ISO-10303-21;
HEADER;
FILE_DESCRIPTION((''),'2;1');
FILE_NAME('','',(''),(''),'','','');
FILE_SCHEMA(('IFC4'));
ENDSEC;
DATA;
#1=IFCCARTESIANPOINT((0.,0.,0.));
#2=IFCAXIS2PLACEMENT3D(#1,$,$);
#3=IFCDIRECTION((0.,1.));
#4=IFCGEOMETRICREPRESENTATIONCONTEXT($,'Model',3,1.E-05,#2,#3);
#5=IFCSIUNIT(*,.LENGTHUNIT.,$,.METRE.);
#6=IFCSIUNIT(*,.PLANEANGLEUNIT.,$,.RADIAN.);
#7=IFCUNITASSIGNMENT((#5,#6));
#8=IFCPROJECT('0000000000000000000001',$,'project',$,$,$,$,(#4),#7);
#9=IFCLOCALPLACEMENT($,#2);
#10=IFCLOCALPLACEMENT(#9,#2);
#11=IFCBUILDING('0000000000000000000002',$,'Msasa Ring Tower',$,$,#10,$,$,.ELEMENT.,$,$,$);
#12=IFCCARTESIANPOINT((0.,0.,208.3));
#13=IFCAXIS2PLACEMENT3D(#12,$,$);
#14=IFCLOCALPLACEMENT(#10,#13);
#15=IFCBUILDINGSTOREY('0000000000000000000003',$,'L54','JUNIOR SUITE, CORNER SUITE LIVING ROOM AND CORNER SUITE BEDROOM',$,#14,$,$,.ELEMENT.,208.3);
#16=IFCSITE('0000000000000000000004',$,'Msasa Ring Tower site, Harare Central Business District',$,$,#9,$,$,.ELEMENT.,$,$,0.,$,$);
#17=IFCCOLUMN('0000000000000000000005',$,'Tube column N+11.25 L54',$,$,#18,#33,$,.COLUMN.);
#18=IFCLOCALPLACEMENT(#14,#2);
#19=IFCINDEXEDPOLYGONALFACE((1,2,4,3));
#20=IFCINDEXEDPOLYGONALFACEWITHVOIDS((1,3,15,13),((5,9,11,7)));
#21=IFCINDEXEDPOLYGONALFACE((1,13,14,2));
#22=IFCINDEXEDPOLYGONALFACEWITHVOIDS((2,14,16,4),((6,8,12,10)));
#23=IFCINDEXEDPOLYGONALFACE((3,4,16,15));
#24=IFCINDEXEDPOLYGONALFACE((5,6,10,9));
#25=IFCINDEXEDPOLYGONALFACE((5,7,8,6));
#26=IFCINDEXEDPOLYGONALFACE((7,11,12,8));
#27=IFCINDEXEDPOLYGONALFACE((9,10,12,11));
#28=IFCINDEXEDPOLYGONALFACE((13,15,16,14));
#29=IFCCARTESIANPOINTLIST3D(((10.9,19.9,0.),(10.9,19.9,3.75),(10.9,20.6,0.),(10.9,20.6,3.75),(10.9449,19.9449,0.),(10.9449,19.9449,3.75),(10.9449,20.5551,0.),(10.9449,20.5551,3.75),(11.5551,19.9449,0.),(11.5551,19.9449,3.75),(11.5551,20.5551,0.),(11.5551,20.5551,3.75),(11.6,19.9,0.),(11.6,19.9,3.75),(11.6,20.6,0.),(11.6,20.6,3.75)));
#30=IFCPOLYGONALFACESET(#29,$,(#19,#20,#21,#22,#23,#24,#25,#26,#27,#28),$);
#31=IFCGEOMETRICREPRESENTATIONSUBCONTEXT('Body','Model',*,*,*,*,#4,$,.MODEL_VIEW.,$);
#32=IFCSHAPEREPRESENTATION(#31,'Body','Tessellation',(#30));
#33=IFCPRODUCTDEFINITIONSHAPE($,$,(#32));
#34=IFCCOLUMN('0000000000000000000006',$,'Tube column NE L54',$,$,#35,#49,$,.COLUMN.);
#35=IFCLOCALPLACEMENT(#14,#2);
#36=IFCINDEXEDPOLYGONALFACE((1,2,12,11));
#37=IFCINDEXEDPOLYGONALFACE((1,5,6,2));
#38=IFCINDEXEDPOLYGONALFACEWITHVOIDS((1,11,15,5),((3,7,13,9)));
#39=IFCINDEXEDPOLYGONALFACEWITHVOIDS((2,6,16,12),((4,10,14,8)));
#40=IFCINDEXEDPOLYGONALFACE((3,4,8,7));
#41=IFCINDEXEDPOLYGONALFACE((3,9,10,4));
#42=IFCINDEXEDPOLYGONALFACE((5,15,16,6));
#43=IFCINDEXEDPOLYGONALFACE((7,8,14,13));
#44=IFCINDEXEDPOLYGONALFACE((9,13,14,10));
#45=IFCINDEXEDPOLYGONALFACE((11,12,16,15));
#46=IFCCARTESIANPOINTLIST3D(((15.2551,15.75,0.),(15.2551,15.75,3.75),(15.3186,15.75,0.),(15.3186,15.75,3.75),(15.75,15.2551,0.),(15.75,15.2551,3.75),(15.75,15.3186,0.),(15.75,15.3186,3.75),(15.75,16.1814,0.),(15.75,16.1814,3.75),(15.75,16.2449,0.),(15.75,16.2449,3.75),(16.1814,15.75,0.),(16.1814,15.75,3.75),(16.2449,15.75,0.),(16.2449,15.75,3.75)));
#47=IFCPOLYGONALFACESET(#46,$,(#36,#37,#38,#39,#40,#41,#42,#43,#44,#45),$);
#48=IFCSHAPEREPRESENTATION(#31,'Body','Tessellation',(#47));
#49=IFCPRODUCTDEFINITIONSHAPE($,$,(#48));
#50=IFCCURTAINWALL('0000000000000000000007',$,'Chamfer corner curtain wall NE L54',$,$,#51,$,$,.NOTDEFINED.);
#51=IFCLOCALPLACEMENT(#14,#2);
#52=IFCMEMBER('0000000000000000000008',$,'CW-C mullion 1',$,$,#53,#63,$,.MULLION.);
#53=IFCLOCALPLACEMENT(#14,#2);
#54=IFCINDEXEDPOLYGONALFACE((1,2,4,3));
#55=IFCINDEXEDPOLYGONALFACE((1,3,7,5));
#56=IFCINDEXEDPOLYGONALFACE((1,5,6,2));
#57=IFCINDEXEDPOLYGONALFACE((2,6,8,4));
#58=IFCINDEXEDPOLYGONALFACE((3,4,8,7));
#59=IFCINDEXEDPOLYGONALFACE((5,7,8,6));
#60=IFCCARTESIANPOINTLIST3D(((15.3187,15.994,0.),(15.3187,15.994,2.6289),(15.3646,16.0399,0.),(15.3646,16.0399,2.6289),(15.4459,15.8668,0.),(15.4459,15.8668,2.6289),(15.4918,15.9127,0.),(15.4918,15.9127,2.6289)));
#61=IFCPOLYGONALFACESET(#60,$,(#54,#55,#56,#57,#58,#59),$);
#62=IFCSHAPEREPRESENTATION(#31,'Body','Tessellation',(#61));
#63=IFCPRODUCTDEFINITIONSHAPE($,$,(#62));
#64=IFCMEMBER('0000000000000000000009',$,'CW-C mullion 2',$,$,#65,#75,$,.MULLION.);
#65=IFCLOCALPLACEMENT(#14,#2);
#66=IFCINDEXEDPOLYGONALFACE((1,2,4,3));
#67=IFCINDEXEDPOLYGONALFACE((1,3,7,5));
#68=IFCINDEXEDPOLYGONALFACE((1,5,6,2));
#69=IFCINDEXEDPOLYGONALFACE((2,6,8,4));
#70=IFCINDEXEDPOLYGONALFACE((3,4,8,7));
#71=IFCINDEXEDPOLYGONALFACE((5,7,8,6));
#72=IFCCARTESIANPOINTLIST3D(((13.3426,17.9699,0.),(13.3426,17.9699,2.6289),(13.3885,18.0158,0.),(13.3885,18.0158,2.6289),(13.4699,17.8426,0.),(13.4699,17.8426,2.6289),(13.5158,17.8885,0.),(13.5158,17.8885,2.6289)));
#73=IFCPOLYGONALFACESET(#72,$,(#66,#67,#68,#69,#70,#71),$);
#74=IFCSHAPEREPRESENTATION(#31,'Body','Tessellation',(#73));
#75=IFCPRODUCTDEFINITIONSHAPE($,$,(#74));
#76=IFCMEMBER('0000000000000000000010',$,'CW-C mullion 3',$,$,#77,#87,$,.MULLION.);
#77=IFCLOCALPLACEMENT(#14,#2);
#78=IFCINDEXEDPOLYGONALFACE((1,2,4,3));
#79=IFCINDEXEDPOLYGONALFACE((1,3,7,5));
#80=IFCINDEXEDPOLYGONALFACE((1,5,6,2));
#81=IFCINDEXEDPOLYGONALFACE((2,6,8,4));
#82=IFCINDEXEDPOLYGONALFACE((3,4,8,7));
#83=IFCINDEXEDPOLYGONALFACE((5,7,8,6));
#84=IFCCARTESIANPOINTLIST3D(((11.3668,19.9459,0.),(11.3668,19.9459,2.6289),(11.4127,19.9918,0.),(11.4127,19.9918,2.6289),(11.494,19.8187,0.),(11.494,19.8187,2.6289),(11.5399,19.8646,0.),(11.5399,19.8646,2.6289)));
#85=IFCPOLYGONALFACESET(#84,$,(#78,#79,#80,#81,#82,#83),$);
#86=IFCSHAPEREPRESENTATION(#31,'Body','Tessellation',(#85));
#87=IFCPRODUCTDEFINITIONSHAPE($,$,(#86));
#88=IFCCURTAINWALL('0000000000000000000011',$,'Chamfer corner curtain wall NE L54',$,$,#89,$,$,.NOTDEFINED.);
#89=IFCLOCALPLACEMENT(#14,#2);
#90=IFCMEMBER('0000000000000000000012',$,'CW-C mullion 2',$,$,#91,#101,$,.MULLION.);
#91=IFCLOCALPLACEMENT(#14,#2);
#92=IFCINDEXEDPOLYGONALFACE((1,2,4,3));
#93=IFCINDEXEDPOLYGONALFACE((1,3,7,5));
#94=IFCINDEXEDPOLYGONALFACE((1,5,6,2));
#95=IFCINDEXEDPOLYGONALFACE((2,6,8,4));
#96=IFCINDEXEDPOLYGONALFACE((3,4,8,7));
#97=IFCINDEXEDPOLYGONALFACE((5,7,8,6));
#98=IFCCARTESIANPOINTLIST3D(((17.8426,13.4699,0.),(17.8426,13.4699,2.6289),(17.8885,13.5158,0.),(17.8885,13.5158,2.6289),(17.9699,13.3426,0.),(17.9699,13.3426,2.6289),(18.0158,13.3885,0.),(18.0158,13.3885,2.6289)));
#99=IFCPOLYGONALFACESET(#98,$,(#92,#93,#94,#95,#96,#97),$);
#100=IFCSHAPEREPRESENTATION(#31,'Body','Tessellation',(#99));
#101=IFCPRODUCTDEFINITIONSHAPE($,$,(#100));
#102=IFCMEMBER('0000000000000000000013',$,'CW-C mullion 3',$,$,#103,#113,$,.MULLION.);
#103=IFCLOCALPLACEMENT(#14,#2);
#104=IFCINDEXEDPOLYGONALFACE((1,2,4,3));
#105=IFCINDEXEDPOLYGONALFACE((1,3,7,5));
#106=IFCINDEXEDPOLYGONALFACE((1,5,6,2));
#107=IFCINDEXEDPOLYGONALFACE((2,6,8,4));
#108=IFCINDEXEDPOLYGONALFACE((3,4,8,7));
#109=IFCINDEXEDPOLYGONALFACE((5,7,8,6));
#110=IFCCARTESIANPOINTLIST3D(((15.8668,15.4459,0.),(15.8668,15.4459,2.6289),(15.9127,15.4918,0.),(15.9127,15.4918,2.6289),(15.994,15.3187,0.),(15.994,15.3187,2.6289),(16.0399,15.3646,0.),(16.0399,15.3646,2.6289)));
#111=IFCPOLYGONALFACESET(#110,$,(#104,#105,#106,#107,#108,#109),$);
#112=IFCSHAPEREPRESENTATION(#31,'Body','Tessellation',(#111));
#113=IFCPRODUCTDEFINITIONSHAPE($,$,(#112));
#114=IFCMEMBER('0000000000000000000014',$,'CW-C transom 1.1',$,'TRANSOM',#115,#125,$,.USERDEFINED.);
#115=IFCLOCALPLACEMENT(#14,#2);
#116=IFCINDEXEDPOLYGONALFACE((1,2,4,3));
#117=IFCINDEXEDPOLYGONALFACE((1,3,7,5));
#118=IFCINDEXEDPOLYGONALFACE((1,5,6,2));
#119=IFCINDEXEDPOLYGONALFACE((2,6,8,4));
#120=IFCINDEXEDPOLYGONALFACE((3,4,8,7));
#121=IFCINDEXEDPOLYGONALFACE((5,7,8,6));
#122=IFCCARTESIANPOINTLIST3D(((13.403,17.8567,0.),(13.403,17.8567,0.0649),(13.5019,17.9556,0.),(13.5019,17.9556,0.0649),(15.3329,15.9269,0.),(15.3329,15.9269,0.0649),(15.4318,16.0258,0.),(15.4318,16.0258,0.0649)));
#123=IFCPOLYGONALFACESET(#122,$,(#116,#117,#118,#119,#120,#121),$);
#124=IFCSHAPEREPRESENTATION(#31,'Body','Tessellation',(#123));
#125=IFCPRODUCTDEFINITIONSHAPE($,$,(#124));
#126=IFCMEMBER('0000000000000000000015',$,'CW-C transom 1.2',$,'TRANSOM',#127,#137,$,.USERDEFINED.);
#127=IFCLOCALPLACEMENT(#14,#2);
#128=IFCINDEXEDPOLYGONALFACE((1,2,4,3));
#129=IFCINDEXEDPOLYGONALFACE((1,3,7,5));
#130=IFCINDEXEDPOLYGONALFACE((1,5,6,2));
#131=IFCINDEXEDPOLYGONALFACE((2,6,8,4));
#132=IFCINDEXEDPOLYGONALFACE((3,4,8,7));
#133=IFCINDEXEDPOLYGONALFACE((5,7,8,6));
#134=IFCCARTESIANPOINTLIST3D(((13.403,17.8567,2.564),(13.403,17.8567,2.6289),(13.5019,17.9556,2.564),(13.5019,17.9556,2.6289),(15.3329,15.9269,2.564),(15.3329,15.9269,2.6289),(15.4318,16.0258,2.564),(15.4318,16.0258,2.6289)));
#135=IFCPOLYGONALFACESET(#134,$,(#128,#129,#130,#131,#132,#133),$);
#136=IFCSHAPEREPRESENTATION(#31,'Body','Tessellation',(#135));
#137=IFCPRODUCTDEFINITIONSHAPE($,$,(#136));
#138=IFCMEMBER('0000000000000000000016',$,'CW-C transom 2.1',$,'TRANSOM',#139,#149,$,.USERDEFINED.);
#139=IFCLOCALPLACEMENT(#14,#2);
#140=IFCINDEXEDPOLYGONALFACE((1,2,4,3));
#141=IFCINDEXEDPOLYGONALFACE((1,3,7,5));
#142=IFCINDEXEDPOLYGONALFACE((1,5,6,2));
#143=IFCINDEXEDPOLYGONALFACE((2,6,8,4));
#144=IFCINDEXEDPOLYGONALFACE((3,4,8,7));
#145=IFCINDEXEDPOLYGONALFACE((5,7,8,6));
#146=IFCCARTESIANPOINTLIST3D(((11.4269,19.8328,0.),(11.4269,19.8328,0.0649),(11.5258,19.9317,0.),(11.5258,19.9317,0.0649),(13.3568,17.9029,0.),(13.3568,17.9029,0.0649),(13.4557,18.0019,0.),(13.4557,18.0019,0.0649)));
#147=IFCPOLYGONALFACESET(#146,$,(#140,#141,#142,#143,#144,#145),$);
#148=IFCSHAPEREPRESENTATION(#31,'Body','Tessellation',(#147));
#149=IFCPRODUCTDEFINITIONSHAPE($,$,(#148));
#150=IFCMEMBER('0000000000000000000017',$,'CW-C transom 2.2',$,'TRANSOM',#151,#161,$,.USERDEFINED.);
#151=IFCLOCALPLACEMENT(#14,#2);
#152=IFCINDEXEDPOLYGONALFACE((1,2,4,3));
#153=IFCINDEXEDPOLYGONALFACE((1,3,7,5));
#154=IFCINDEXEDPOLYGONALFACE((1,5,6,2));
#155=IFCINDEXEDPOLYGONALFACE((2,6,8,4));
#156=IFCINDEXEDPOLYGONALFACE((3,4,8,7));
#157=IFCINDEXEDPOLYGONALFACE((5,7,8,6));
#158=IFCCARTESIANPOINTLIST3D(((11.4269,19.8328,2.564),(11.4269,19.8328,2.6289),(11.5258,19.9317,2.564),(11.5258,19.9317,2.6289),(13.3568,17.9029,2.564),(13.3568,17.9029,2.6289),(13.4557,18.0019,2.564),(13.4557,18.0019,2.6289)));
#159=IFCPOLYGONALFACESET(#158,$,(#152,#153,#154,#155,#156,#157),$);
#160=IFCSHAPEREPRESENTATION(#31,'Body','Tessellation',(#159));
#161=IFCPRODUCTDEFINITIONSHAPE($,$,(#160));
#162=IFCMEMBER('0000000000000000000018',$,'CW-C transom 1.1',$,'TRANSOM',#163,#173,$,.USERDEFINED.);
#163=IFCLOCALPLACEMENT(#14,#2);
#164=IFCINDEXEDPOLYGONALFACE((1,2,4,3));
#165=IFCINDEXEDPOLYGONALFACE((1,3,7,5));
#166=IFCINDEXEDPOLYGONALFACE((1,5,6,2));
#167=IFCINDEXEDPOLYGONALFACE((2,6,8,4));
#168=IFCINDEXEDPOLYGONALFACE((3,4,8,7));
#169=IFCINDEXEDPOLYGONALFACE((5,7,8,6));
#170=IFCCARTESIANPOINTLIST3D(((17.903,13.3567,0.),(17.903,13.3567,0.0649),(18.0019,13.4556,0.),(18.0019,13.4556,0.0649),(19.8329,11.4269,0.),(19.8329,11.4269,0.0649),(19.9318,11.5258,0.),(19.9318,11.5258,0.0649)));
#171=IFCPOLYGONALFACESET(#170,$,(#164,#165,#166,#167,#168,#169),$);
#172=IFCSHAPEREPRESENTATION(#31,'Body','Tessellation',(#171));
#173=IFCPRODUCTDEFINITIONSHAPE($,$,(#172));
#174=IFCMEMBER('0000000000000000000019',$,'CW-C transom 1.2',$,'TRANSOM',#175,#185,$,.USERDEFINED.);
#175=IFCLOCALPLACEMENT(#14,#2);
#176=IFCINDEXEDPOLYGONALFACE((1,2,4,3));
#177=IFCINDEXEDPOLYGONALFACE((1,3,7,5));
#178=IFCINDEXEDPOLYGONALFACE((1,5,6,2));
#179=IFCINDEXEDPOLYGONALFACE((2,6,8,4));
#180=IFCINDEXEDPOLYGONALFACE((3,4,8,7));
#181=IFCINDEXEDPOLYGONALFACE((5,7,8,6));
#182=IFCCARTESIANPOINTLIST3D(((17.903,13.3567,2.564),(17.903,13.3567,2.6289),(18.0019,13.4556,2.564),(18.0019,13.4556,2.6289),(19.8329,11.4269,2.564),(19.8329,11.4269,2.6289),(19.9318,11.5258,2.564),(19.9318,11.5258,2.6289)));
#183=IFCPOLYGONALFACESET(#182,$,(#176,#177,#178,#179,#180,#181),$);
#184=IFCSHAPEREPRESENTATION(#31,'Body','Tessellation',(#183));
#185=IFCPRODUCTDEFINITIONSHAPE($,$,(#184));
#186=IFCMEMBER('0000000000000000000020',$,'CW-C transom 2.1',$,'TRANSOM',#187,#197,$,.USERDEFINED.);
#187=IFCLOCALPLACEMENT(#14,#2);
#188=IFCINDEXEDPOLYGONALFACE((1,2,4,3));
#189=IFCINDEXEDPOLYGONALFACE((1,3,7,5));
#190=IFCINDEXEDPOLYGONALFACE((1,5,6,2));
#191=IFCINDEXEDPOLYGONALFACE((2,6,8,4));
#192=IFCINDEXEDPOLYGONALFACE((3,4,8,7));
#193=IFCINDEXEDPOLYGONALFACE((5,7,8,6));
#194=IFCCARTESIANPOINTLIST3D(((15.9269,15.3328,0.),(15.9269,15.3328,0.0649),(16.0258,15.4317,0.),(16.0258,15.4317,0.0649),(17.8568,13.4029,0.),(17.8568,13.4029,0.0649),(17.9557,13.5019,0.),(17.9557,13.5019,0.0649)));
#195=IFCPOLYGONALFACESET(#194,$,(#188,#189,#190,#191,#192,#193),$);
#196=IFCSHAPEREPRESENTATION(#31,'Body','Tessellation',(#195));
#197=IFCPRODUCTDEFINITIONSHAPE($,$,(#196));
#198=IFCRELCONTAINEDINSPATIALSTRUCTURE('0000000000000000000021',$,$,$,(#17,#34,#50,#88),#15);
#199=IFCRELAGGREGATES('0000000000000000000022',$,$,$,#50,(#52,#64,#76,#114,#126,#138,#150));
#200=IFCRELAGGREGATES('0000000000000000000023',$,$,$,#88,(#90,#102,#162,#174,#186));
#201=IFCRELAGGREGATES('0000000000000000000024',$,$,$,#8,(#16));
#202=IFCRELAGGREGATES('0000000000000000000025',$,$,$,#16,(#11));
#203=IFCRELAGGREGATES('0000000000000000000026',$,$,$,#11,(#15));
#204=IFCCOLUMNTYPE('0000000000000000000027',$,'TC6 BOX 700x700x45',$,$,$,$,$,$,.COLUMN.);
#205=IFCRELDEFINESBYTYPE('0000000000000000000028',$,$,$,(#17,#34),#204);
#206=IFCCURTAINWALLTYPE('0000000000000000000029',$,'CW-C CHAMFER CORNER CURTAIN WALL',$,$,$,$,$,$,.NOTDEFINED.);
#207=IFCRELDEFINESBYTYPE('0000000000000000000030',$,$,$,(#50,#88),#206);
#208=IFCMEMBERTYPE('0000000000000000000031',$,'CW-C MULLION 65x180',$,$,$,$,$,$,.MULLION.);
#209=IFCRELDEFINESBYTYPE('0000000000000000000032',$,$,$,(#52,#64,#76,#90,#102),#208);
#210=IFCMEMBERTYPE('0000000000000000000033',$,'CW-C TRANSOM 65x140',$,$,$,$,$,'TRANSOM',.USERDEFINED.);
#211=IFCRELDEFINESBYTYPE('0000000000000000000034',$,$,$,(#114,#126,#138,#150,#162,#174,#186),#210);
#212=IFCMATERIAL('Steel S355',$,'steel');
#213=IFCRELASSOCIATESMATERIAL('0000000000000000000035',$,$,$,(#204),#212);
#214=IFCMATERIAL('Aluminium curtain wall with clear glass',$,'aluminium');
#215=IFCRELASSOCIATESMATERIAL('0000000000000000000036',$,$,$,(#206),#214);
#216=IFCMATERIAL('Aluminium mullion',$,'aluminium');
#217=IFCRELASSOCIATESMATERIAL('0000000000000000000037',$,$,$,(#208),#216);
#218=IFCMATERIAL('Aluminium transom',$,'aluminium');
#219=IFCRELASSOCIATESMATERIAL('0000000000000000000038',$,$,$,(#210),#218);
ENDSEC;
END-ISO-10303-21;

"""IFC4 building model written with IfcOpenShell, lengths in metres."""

from ifc_helpers import new_model, si_unit, direction, frame, origin, origin_2d, place, context, subcontext, project, spatial, rectangle, hollow_rectangle, extrude, material, material_profile, profile_set, type_object, element, aggregate, save


model = new_model("IFC4")

# Units and contexts
model_context = context("Model", 3, precision=1e-05, world=origin(), true_north=direction((0.0, 1.0)))
body_context = subcontext(model_context, "Body", "Model", "MODEL_VIEW")
ifc_project = project(units=[si_unit("LENGTHUNIT", "METRE"), si_unit("PLANEANGLEUNIT", "RADIAN")], contexts=[model_context])

# Site, building, storey
site_placement = place(None, origin())
site = spatial("IfcSite", under=ifc_project, at=site_placement, Name="Msasa Ring Tower site, Harare Central Business District", CompositionType="ELEMENT", RefElevation=0.0)
building_placement = place(site_placement, origin())
building = spatial("IfcBuilding", under=site, at=building_placement, Name="Msasa Ring Tower", CompositionType="ELEMENT")
storey_placement = place(building_placement, frame((0.0, 0.0, 208.3)))
storey = spatial("IfcBuildingStorey", under=building, at=storey_placement, Name="L54", Description="JUNIOR SUITE, CORNER SUITE LIVING ROOM AND CORNER SUITE BEDROOM", CompositionType="ELEMENT", Elevation=208.3)

# Columns
ifc_material_1 = material(Name="Steel S355", Category="steel")
ifc_material_profile_1 = material_profile(ifc_material_1, hollow_rectangle(XDim=0.7, YDim=0.7, WallThickness=0.0449, at=origin_2d()), Name="BOX 700x700x45")
ifc_profile_set_1 = profile_set([ifc_material_profile_1], Name="Steel S355")
column_type = type_object("IfcColumnType", Name="TC6 BOX 700x700x45", PredefinedType="COLUMN", material=ifc_profile_set_1)
for number, where, z_axis, x_axis, name in (
    (1, (11.25, 20.25, 0.0), (0.0, 0.0, 1.0), (0.0, 1.0, 0.0), "Tube column N+11.25 L54"),
    (2, (15.75, 15.75, 0.0), (0.0, 0.0, 1.0), (0.707107, 0.707107, 0.0), "Tube column NE L54"),
):
    element("IfcColumn", number, at=place(storey_placement, frame(where, z_axis=z_axis, x_axis=x_axis)), inside=storey, type_object=column_type, Name=name, PredefinedType="COLUMN", context=body_context, shape_type="SweptSolid", body=[
        extrude(hollow_rectangle(XDim=0.7, YDim=0.7, WallThickness=0.0449, at=origin_2d()), origin(), (0.0, 0.0, 1.0), 3.75),
    ])

# Curtain walls, members
ifc_material_2 = material(Name="Aluminium curtain wall with clear glass", Category="aluminium")
curtain_wall_type = type_object("IfcCurtainWallType", Name="CW-C CHAMFER CORNER CURTAIN WALL", PredefinedType="NOTDEFINED", material=ifc_material_2)
curtain_wall_1_placement = place(storey_placement, origin())
curtain_wall_1 = element("IfcCurtainWall", 3, at=curtain_wall_1_placement, inside=storey, type_object=curtain_wall_type, Name="Chamfer corner curtain wall NE L54", PredefinedType="NOTDEFINED")
ifc_material_3 = material(Name="Aluminium mullion", Category="aluminium")
ifc_material_profile_2 = material_profile(ifc_material_3, rectangle(XDim=0.0649, YDim=0.1799, at=origin_2d()), Name="AL 65x180")
ifc_profile_set_2 = profile_set([ifc_material_profile_2], Name="Aluminium mullion")
member_type_1 = type_object("IfcMemberType", Name="CW-C MULLION 65x180", PredefinedType="MULLION", material=ifc_profile_set_2)
member_1_placement = place(storey_placement, frame((15.4053, 15.9534, 0.0), z_axis=(0.0, 0.0, 1.0), x_axis=(-0.707107, -0.707107, 0.0)))
member_1 = element("IfcMember", 4, at=member_1_placement, type_object=member_type_1, Name="CW-C mullion 1", PredefinedType="MULLION", context=body_context, shape_type="SweptSolid", body=[
    extrude(rectangle(XDim=0.0649, YDim=0.1799, at=origin_2d()), origin(), (0.0, 0.0, 1.0), 2.6289),
])
member_2_placement = place(storey_placement, frame((13.4292, 17.9292, 0.0), z_axis=(0.0, 0.0, 1.0), x_axis=(-0.707107, -0.707107, 0.0)))
member_2 = element("IfcMember", 5, at=member_2_placement, type_object=member_type_1, Name="CW-C mullion 2", PredefinedType="MULLION", context=body_context, shape_type="SweptSolid", body=[
    extrude(rectangle(XDim=0.0649, YDim=0.1799, at=origin_2d()), origin(), (0.0, 0.0, 1.0), 2.6289),
])
member_3_placement = place(storey_placement, frame((11.4534, 19.9053, 0.0), z_axis=(0.0, 0.0, 1.0), x_axis=(-0.707107, -0.707107, 0.0)))
member_3 = element("IfcMember", 6, at=member_3_placement, type_object=member_type_1, Name="CW-C mullion 3", PredefinedType="MULLION", context=body_context, shape_type="SweptSolid", body=[
    extrude(rectangle(XDim=0.0649, YDim=0.1799, at=origin_2d()), origin(), (0.0, 0.0, 1.0), 2.6289),
])
curtain_wall_2_placement = place(storey_placement, origin())
curtain_wall_2 = element("IfcCurtainWall", 7, at=curtain_wall_2_placement, inside=storey, type_object=curtain_wall_type, Name="Chamfer corner curtain wall NE L54", PredefinedType="NOTDEFINED")
member_4_placement = place(storey_placement, frame((17.9292, 13.4292, 0.0), z_axis=(0.0, 0.0, 1.0), x_axis=(-0.707107, -0.707107, 0.0)))
member_4 = element("IfcMember", 8, at=member_4_placement, type_object=member_type_1, Name="CW-C mullion 2", PredefinedType="MULLION", context=body_context, shape_type="SweptSolid", body=[
    extrude(rectangle(XDim=0.0649, YDim=0.1799, at=origin_2d()), origin(), (0.0, 0.0, 1.0), 2.6289),
])
member_5_placement = place(storey_placement, frame((15.9534, 15.4053, 0.0), z_axis=(0.0, 0.0, 1.0), x_axis=(-0.707107, -0.707107, 0.0)))
member_5 = element("IfcMember", 9, at=member_5_placement, type_object=member_type_1, Name="CW-C mullion 3", PredefinedType="MULLION", context=body_context, shape_type="SweptSolid", body=[
    extrude(rectangle(XDim=0.0649, YDim=0.1799, at=origin_2d()), origin(), (0.0, 0.0, 1.0), 2.6289),
])

# Members
ifc_material_4 = material(Name="Aluminium transom", Category="aluminium")
ifc_material_profile_3 = material_profile(ifc_material_4, rectangle(XDim=0.1399, YDim=0.0649, at=origin_2d()), Name="AL 65x140")
ifc_profile_set_3 = profile_set([ifc_material_profile_3], Name="Aluminium transom")
member_type_2 = type_object("IfcMemberType", Name="CW-C TRANSOM 65x140", ElementType="TRANSOM", PredefinedType="USERDEFINED", material=ifc_profile_set_3)
member_6_placement = place(storey_placement, frame((15.3823, 15.9763, 0.0325), z_axis=(-0.707107, 0.707107, 0.0), x_axis=(-0.707107, -0.707107, 0.0)))
member_6 = element("IfcMember", 10, at=member_6_placement, type_object=member_type_2, Name="CW-C transom 1.1", ObjectType="TRANSOM", PredefinedType="USERDEFINED", context=body_context, shape_type="SweptSolid", body=[
    extrude(rectangle(XDim=0.1399, YDim=0.0649, at=origin_2d()), origin(), (0.0, 0.0, 1.0), 2.7292),
])
member_7_placement = place(storey_placement, frame((15.3823, 15.9763, 2.5964), z_axis=(-0.707107, 0.707107, 0.0), x_axis=(-0.707107, -0.707107, 0.0)))
member_7 = element("IfcMember", 11, at=member_7_placement, type_object=member_type_2, Name="CW-C transom 1.2", ObjectType="TRANSOM", PredefinedType="USERDEFINED", context=body_context, shape_type="SweptSolid", body=[
    extrude(rectangle(XDim=0.1399, YDim=0.0649, at=origin_2d()), origin(), (0.0, 0.0, 1.0), 2.7292),
])
member_8_placement = place(storey_placement, frame((13.4062, 17.9524, 0.0325), z_axis=(-0.707107, 0.707107, 0.0), x_axis=(-0.707107, -0.707107, 0.0)))
member_8 = element("IfcMember", 12, at=member_8_placement, type_object=member_type_2, Name="CW-C transom 2.1", ObjectType="TRANSOM", PredefinedType="USERDEFINED", context=body_context, shape_type="SweptSolid", body=[
    extrude(rectangle(XDim=0.1399, YDim=0.0649, at=origin_2d()), origin(), (0.0, 0.0, 1.0), 2.7292),
])
member_9_placement = place(storey_placement, frame((13.4062, 17.9524, 2.5964), z_axis=(-0.707107, 0.707107, 0.0), x_axis=(-0.707107, -0.707107, 0.0)))
member_9 = element("IfcMember", 13, at=member_9_placement, type_object=member_type_2, Name="CW-C transom 2.2", ObjectType="TRANSOM", PredefinedType="USERDEFINED", context=body_context, shape_type="SweptSolid", body=[
    extrude(rectangle(XDim=0.1399, YDim=0.0649, at=origin_2d()), origin(), (0.0, 0.0, 1.0), 2.7292),
])
member_10_placement = place(storey_placement, frame((19.8823, 11.4763, 0.0325), z_axis=(-0.707107, 0.707107, 0.0), x_axis=(-0.707107, -0.707107, 0.0)))
member_10 = element("IfcMember", 14, at=member_10_placement, type_object=member_type_2, Name="CW-C transom 1.1", ObjectType="TRANSOM", PredefinedType="USERDEFINED", context=body_context, shape_type="SweptSolid", body=[
    extrude(rectangle(XDim=0.1399, YDim=0.0649, at=origin_2d()), origin(), (0.0, 0.0, 1.0), 2.7292),
])
member_11_placement = place(storey_placement, frame((19.8823, 11.4763, 2.5964), z_axis=(-0.707107, 0.707107, 0.0), x_axis=(-0.707107, -0.707107, 0.0)))
member_11 = element("IfcMember", 15, at=member_11_placement, type_object=member_type_2, Name="CW-C transom 1.2", ObjectType="TRANSOM", PredefinedType="USERDEFINED", context=body_context, shape_type="SweptSolid", body=[
    extrude(rectangle(XDim=0.1399, YDim=0.0649, at=origin_2d()), origin(), (0.0, 0.0, 1.0), 2.7292),
])
member_12_placement = place(storey_placement, frame((17.9062, 13.4524, 0.0325), z_axis=(-0.707107, 0.707107, 0.0), x_axis=(-0.707107, -0.707107, 0.0)))
member_12 = element("IfcMember", 16, at=member_12_placement, type_object=member_type_2, Name="CW-C transom 2.1", ObjectType="TRANSOM", PredefinedType="USERDEFINED", context=body_context, shape_type="SweptSolid", body=[
    extrude(rectangle(XDim=0.1399, YDim=0.0649, at=origin_2d()), origin(), (0.0, 0.0, 1.0), 2.7292),
])

aggregate(curtain_wall_1, [member_1, member_2, member_3, member_6, member_7, member_8, member_9])
aggregate(curtain_wall_2, [member_4, member_5, member_10, member_11, member_12])

save(model, "model.ifc")
